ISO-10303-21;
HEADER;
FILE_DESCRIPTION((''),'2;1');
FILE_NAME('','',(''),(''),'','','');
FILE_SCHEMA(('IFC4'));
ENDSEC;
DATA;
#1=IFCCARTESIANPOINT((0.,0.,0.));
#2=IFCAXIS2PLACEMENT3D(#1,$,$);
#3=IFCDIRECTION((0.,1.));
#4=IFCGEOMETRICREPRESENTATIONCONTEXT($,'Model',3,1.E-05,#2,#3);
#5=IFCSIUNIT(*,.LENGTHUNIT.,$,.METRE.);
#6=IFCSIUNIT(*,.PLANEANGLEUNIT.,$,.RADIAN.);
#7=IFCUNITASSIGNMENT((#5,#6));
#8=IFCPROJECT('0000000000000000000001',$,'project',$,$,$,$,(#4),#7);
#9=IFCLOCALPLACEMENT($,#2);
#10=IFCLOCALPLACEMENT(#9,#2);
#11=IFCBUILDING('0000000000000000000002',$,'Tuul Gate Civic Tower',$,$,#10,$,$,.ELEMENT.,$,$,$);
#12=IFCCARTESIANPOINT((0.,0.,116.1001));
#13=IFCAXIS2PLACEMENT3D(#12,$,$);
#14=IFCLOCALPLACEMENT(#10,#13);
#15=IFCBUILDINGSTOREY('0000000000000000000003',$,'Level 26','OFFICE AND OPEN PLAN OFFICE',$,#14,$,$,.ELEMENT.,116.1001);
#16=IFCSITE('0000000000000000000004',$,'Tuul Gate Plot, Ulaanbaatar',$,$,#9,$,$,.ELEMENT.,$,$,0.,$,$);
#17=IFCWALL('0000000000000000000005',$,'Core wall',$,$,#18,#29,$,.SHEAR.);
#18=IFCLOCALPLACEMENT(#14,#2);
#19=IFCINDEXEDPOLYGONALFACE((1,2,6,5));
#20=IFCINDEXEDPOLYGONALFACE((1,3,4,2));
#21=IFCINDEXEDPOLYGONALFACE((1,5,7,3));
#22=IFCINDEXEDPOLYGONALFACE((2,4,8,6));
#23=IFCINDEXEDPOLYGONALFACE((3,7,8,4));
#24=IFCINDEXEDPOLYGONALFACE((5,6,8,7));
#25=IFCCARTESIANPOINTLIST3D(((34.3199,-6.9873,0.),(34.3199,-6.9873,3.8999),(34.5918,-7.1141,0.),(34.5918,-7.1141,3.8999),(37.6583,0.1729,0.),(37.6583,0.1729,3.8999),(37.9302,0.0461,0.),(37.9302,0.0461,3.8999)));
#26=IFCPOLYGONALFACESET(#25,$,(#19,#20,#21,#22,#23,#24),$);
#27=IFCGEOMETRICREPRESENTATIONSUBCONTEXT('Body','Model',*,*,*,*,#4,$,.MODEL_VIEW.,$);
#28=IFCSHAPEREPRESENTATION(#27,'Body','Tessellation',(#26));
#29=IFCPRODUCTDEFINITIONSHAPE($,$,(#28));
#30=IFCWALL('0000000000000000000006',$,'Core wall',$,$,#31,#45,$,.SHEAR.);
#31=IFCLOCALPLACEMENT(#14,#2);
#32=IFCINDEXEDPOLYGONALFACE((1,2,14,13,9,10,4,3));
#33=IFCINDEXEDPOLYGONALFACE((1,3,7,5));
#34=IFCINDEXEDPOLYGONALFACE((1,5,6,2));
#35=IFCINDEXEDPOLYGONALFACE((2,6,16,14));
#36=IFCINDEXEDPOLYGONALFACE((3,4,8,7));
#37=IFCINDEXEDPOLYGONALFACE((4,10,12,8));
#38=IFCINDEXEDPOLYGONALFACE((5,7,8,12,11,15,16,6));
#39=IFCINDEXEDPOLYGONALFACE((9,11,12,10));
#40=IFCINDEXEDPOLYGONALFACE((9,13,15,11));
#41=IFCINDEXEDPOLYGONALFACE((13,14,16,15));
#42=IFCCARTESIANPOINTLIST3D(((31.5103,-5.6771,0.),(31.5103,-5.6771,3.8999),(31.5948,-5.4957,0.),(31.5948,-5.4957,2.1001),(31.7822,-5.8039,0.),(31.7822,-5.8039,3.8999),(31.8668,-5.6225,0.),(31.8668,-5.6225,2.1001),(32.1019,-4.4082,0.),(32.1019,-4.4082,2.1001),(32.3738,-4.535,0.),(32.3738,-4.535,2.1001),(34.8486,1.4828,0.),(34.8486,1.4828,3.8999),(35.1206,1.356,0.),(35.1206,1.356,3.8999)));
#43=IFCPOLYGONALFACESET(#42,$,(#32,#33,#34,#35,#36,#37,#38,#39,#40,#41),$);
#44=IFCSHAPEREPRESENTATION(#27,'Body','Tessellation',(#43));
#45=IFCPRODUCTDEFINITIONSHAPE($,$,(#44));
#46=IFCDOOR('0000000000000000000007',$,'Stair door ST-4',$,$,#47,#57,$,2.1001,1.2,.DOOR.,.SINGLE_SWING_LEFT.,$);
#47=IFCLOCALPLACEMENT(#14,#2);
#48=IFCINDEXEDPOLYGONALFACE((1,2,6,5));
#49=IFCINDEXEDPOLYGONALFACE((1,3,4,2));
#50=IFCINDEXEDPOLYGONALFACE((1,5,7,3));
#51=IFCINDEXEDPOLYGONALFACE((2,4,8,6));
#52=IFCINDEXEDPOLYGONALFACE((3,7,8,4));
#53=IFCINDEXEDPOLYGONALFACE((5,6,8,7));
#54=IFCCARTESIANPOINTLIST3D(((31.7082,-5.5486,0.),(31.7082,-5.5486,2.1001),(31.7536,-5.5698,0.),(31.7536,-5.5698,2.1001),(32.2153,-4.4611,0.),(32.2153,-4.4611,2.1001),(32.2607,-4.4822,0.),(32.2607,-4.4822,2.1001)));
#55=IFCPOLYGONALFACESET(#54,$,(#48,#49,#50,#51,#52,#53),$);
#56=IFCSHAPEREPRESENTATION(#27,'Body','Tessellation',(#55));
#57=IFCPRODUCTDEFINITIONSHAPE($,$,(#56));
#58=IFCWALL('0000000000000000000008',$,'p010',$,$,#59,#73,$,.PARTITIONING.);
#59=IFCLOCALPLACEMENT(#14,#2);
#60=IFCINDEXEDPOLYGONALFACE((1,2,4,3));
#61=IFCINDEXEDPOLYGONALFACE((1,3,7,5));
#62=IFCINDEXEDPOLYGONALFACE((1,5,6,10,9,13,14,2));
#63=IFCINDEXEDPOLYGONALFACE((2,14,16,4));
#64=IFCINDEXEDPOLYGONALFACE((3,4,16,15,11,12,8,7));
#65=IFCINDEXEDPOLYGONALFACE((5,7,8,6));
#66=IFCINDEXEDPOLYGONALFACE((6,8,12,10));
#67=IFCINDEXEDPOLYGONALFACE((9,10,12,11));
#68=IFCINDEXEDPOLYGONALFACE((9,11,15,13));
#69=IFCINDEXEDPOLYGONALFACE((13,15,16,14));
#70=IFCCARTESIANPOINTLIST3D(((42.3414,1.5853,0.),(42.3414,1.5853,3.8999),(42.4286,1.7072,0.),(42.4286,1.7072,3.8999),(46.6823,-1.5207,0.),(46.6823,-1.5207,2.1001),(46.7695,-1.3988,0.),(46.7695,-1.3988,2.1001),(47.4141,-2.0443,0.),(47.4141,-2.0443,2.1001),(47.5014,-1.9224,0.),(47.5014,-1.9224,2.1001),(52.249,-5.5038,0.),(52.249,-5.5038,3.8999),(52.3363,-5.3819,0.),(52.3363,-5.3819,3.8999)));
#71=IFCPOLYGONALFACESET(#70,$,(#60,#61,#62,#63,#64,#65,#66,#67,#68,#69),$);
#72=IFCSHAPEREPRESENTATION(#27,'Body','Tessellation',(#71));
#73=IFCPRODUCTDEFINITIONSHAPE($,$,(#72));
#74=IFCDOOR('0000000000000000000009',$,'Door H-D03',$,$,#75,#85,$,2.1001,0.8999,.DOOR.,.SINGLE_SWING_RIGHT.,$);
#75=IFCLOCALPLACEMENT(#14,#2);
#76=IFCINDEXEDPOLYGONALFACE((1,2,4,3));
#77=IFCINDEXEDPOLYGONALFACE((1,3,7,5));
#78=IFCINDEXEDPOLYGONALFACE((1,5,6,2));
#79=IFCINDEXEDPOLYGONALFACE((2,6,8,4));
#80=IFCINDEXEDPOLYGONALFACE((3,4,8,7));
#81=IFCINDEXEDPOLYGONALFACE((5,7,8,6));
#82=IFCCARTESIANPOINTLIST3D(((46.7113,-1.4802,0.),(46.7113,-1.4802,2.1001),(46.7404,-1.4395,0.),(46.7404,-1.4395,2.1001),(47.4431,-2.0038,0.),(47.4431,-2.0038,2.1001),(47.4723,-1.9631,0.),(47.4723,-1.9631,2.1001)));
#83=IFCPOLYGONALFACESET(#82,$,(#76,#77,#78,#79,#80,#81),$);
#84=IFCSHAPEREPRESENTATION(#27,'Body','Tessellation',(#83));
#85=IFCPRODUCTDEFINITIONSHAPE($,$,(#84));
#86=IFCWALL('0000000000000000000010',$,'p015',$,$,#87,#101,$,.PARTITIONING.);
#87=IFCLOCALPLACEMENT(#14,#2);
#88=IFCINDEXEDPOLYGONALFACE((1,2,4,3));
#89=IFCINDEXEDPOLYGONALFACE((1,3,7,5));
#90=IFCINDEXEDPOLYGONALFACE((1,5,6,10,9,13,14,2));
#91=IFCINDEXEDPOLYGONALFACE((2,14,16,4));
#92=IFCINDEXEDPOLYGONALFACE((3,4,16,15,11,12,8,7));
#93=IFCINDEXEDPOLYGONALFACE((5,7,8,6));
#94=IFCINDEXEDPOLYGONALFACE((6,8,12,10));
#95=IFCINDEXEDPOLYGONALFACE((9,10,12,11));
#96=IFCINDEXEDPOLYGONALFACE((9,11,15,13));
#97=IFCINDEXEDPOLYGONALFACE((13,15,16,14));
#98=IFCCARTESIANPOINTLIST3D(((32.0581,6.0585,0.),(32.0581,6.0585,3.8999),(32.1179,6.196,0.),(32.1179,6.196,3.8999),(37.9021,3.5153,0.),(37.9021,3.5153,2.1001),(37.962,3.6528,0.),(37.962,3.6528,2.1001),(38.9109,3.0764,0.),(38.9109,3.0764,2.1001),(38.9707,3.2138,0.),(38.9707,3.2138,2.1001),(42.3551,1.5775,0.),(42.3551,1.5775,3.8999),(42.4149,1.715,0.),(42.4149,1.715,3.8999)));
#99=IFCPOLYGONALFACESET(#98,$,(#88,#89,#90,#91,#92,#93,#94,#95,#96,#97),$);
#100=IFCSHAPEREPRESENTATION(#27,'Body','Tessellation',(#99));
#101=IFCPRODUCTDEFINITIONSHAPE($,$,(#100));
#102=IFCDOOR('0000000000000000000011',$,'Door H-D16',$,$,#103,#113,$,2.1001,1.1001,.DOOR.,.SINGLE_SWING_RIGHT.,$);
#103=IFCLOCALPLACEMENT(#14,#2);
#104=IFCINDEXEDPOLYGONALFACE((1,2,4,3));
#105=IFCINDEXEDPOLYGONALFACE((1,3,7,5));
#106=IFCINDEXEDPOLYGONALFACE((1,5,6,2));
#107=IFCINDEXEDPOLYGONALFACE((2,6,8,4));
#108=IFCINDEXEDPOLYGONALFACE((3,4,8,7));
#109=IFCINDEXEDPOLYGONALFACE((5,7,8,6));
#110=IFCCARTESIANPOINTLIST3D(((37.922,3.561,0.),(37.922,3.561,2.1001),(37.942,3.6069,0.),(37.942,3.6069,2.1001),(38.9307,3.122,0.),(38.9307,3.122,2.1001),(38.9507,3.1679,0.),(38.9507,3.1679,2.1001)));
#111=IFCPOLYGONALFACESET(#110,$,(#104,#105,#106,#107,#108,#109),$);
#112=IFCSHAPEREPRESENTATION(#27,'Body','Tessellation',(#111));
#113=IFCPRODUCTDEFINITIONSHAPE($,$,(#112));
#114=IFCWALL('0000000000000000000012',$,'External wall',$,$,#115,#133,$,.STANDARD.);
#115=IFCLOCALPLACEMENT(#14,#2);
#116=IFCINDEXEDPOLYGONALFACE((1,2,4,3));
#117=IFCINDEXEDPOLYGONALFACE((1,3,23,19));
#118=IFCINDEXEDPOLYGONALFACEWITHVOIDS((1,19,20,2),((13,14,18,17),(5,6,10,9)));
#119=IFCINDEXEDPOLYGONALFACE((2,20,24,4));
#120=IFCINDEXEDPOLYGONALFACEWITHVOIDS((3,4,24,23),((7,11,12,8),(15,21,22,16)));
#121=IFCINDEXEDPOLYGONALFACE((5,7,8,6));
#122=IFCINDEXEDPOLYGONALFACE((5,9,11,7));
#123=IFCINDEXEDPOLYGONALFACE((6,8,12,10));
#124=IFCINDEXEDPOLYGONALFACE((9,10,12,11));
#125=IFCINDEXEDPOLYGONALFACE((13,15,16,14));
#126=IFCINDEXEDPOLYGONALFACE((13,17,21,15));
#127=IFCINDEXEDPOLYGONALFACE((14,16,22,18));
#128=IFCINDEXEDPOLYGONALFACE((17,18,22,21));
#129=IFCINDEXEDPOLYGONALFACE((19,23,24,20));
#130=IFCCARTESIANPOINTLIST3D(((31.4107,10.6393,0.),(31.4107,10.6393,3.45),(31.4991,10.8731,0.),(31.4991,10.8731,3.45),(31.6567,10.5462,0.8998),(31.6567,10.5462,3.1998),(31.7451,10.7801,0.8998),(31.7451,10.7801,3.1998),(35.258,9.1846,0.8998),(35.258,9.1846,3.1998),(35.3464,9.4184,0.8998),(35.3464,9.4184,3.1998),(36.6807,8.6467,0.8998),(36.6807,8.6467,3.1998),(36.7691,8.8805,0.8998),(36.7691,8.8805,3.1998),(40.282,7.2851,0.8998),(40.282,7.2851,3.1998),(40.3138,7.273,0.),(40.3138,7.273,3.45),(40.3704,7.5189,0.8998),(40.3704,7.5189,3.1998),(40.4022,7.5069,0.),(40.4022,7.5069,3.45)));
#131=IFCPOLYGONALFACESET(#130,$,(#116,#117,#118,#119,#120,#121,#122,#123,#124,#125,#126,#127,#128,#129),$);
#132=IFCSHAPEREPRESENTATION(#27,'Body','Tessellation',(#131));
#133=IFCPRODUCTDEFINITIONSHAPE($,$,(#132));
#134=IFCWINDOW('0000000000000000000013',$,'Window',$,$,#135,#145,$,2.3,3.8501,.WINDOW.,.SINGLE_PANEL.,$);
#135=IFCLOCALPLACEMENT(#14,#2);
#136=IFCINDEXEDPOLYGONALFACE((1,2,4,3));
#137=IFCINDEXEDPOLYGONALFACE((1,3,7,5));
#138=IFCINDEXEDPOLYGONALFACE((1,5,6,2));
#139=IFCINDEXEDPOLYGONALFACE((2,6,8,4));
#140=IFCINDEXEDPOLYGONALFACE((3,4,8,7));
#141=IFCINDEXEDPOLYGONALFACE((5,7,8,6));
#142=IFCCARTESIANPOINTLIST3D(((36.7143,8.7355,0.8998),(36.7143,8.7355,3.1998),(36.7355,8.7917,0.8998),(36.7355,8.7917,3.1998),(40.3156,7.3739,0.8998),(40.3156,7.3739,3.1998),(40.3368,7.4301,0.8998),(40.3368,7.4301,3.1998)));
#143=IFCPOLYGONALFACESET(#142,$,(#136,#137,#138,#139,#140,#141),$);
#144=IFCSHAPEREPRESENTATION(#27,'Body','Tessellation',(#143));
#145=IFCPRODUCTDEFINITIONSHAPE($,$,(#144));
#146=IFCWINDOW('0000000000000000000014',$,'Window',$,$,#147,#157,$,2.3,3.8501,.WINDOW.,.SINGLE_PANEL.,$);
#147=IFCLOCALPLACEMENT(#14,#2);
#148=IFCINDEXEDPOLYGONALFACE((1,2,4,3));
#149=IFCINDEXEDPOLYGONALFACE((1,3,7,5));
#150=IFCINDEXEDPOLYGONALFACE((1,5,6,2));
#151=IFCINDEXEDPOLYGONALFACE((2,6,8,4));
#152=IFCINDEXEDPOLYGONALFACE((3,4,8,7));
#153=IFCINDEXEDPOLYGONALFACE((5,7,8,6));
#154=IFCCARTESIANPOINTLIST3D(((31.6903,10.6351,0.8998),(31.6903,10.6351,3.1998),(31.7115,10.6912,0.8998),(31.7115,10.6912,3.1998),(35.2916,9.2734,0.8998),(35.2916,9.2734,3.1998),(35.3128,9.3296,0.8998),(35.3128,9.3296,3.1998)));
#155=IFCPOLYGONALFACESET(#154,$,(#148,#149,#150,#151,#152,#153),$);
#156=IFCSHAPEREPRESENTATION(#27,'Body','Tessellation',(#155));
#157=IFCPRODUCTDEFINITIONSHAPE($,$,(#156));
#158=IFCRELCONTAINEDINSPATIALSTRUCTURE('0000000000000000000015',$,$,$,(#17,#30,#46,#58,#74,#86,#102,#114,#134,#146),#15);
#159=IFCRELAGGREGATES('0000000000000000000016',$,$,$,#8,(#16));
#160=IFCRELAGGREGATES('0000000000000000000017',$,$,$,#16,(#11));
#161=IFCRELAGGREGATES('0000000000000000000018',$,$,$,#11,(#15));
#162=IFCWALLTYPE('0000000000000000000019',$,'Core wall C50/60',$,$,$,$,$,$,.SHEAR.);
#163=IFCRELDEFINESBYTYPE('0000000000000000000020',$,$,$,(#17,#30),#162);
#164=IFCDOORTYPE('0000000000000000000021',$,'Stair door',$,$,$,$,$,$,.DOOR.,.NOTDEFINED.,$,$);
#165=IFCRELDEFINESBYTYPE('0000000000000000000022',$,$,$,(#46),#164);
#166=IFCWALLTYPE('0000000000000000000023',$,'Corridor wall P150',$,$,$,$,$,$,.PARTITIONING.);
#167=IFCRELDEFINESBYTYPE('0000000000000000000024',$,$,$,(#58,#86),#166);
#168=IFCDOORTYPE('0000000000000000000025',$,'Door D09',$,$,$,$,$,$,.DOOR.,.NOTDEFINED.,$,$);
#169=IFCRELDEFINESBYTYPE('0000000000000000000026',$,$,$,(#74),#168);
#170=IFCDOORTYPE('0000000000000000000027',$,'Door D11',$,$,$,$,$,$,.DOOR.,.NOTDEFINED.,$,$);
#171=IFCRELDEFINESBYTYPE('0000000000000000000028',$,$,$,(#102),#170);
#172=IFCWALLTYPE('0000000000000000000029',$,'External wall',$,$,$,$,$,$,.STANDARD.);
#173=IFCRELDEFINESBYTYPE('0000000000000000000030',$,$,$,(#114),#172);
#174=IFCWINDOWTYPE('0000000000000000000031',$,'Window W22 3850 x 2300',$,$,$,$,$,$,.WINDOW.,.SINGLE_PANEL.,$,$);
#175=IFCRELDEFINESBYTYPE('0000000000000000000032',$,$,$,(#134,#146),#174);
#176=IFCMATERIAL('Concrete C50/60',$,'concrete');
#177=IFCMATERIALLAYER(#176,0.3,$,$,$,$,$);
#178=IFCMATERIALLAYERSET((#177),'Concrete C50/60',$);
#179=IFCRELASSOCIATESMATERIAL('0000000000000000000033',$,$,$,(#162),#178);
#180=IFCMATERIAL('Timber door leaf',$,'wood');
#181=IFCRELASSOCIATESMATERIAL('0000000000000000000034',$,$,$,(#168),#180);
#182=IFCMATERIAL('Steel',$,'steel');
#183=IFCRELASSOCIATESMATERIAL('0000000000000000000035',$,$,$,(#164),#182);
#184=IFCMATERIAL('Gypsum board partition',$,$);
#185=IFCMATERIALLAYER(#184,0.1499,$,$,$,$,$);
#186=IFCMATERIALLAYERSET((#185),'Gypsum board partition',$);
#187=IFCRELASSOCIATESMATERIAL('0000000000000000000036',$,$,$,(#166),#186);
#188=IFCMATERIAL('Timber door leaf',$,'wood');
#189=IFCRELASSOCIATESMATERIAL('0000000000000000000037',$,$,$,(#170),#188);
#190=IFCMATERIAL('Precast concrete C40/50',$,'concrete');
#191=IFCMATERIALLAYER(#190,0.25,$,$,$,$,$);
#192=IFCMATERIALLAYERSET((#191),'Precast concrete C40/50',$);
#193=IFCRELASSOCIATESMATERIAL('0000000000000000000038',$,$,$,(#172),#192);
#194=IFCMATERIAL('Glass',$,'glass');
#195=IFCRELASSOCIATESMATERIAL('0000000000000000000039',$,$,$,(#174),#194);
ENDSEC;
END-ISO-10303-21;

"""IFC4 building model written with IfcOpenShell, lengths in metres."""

from ifc_helpers import new_model, si_unit, direction, frame, frame_2d, origin, place, context, subcontext, project, spatial, rectangle, extrude, material, layer, layer_set, type_object, element, fill, save


model = new_model("IFC4")

# Units and contexts
model_context = context("Model", 3, precision=1e-05, world=origin(), true_north=direction((0.0, 1.0)))
body_context = subcontext(model_context, "Body", "Model", "MODEL_VIEW")
ifc_project = project(units=[si_unit("LENGTHUNIT", "METRE"), si_unit("PLANEANGLEUNIT", "RADIAN")], contexts=[model_context])

# Site, building, storey
site_placement = place(None, origin())
site = spatial("IfcSite", under=ifc_project, at=site_placement, Name="Tuul Gate Plot, Ulaanbaatar", CompositionType="ELEMENT", RefElevation=0.0)
building_placement = place(site_placement, origin())
building = spatial("IfcBuilding", under=site, at=building_placement, Name="Tuul Gate Civic Tower", CompositionType="ELEMENT")
storey_placement = place(building_placement, frame((0.0, 0.0, 116.1001)))
storey = spatial("IfcBuildingStorey", under=building, at=storey_placement, Name="Level 26", Description="OFFICE AND OPEN PLAN OFFICE", CompositionType="ELEMENT", Elevation=116.1001)

# Shared definitions
ifc_material_1 = material(Name="Concrete C50/60", Category="concrete")
ifc_layer_1 = layer(ifc_material_1, 0.3)
ifc_layer_set_1 = layer_set([ifc_layer_1], Name="Concrete C50/60")
wall_type_1 = type_object("IfcWallType", Name="Core wall C50/60", PredefinedType="SHEAR", material=ifc_layer_set_1)

# Shared definitions
ifc_material_2 = material(Name="Timber door leaf", Category="wood")
door_type_1 = type_object("IfcDoorType", Name="Door D09", OperationType="NOTDEFINED", PredefinedType="DOOR", material=ifc_material_2)

# Wall
wall_1_placement = place(storey_placement, frame((34.4558, -7.0508, 0.0), z_axis=(0.0, 0.0, 1.0), x_axis=(0.422571, 0.90633, 0.0)))
element("IfcWall", 1, at=wall_1_placement, inside=storey, type_object=wall_type_1, Name="Core wall", PredefinedType="SHEAR", context=body_context, shape_type="SweptSolid", body=[
    extrude(rectangle(XDim=7.9001, YDim=0.3, at=frame_2d((3.9502, 0.0))), origin(), (0.0, 0.0, 1.0), 3.8999),
])

# Walls, openings, doors
wall_2_placement = place(storey_placement, frame((31.6462, -5.7405, 0.0), z_axis=(0.0, 0.0, 1.0), x_axis=(0.422583, 0.906324, 0.0)))
wall_2 = element("IfcWall", 2, at=wall_2_placement, inside=storey, type_object=wall_type_1, Name="Core wall", PredefinedType="SHEAR", context=body_context, shape_type="SweptSolid", body=[
    extrude(rectangle(XDim=7.8999, YDim=0.3, at=frame_2d((3.95, 0.0))), origin(), (0.0, 0.0, 1.0), 3.8999),
])
opening_1_placement = place(wall_2_placement, frame((0.2, 0.0, 0.0)))
opening_1 = element("IfcOpeningElement", 3, at=opening_1_placement, cuts=wall_2, PredefinedType="OPENING", context=body_context, shape_type="SweptSolid", body=[
    extrude(rectangle(XDim=1.2, YDim=2.1001, at=frame_2d((0.6001, 1.05))), frame((0.0, 0.1602, 0.0), z_axis=(0.0, -1.0, 0.0), x_axis=(1.0, 0.0, 0.0)), (0.0, 0.0, 1.0), 0.3201),
])
ifc_material_3 = material(Name="Steel", Category="steel")
door_type_2 = type_object("IfcDoorType", Name="Stair door", OperationType="NOTDEFINED", PredefinedType="DOOR", material=ifc_material_3)
door_1_placement = place(opening_1_placement, origin())
door_1 = element("IfcDoor", 4, at=door_1_placement, inside=storey, type_object=door_type_2, Name="Stair door ST-4", OperationType="SINGLE_SWING_LEFT", OverallHeight=2.1001, OverallWidth=1.2, PredefinedType="DOOR", context=body_context, shape_type="SweptSolid", body=[
    extrude(rectangle(XDim=1.2, YDim=2.1001, at=frame_2d((0.6001, 1.05))), frame((0.0, 0.0249, 0.0), z_axis=(0.0, -1.0, 0.0), x_axis=(1.0, 0.0, 0.0)), (0.0, 0.0, 1.0), 0.05),
])
fill(opening_1, door_1)
ifc_material_4 = material(Name="Gypsum board partition")
ifc_layer_2 = layer(ifc_material_4, 0.1499)
ifc_layer_set_2 = layer_set([ifc_layer_2], Name="Gypsum board partition")
wall_type_2 = type_object("IfcWallType", Name="Corridor wall P150", PredefinedType="PARTITIONING", material=ifc_layer_set_2)
wall_3_placement = place(storey_placement, frame((42.385, 1.6462, 0.0), z_axis=(0.0, 0.0, 1.0), x_axis=(0.813261, -0.5819, 0.0)))
wall_3 = element("IfcWall", 5, at=wall_3_placement, inside=storey, type_object=wall_type_2, Name="p010", PredefinedType="PARTITIONING", context=body_context, shape_type="SweptSolid", body=[
    extrude(rectangle(XDim=12.1826, YDim=0.1499, at=frame_2d((6.0913, 0.0))), origin(), (0.0, 0.0, 1.0), 3.8999),
])
opening_2_placement = place(wall_3_placement, frame((5.3376, 0.0, 0.0)))
opening_2 = element("IfcOpeningElement", 6, at=opening_2_placement, cuts=wall_3, PredefinedType="OPENING", context=body_context, shape_type="SweptSolid", body=[
    extrude(rectangle(XDim=0.8999, YDim=2.1001, at=frame_2d((0.45, 1.05))), frame((0.0, 0.085, 0.0), z_axis=(0.0, -1.0, 0.0), x_axis=(1.0, 0.0, 0.0)), (0.0, 0.0, 1.0), 0.1699),
])
door_2_placement = place(opening_2_placement, origin())
door_2 = element("IfcDoor", 7, at=door_2_placement, inside=storey, type_object=door_type_1, Name="Door H-D03", OperationType="SINGLE_SWING_RIGHT", OverallHeight=2.1001, OverallWidth=0.8999, PredefinedType="DOOR", context=body_context, shape_type="SweptSolid", body=[
    extrude(rectangle(XDim=0.8999, YDim=2.1001, at=frame_2d((0.45, 1.05))), frame((0.0, 0.0249, 0.0), z_axis=(0.0, -1.0, 0.0), x_axis=(1.0, 0.0, 0.0)), (0.0, 0.0, 1.0), 0.05),
])
fill(opening_2, door_2)
wall_4_placement = place(storey_placement, frame((32.0881, 6.1272, 0.0), z_axis=(0.0, 0.0, 1.0), x_axis=(0.916938, -0.39903, 0.0)))
wall_4 = element("IfcWall", 8, at=wall_4_placement, inside=storey, type_object=wall_type_2, Name="p015", PredefinedType="PARTITIONING", context=body_context, shape_type="SweptSolid", body=[
    extrude(rectangle(XDim=11.2297, YDim=0.1499, at=frame_2d((5.6147, 0.0))), origin(), (0.0, 0.0, 1.0), 3.8999),
])
opening_3_placement = place(wall_4_placement, frame((6.3733, 0.0, 0.0)))
opening_3 = element("IfcOpeningElement", 9, at=opening_3_placement, cuts=wall_4, PredefinedType="OPENING", context=body_context, shape_type="SweptSolid", body=[
    extrude(rectangle(XDim=1.1001, YDim=2.1001, at=frame_2d((0.55, 1.05))), frame((0.0, 0.085, 0.0), z_axis=(0.0, -1.0, 0.0), x_axis=(1.0, 0.0, 0.0)), (0.0, 0.0, 1.0), 0.1699),
])
ifc_material_5 = material(Name="Timber door leaf", Category="wood")
door_type_3 = type_object("IfcDoorType", Name="Door D11", OperationType="NOTDEFINED", PredefinedType="DOOR", material=ifc_material_5)
door_3_placement = place(opening_3_placement, origin())
door_3 = element("IfcDoor", 10, at=door_3_placement, inside=storey, type_object=door_type_3, Name="Door H-D16", OperationType="SINGLE_SWING_RIGHT", OverallHeight=2.1001, OverallWidth=1.1001, PredefinedType="DOOR", context=body_context, shape_type="SweptSolid", body=[
    extrude(rectangle(XDim=1.1001, YDim=2.1001, at=frame_2d((0.55, 1.05))), frame((0.0, 0.0249, 0.0), z_axis=(0.0, -1.0, 0.0), x_axis=(1.0, 0.0, 0.0)), (0.0, 0.0, 1.0), 0.05),
])
fill(opening_3, door_3)

# Wall, openings, windows
ifc_material_6 = material(Name="Precast concrete C40/50", Category="concrete")
ifc_layer_3 = layer(ifc_material_6, 0.25)
ifc_layer_set_3 = layer_set([ifc_layer_3], Name="Precast concrete C40/50")
wall_type_3 = type_object("IfcWallType", Name="External wall", PredefinedType="STANDARD", material=ifc_layer_set_3)
wall_5_placement = place(storey_placement, frame((40.3582, 7.3899, 0.0), z_axis=(0.0, 0.0, 1.0), x_axis=(-0.935374, 0.35366, 0.0)))
wall_5 = element("IfcWall", 11, at=wall_5_placement, inside=storey, type_object=wall_type_3, Name="External wall", PredefinedType="STANDARD", context=body_context, shape_type="SweptSolid", body=[
    extrude(rectangle(XDim=9.5183, YDim=0.25, at=frame_2d((4.7593, 0.0))), origin(), (0.0, 0.0, 1.0), 3.45),
])
opening_4_placement = place(wall_5_placement, frame((0.0342, 0.0, 0.8999)))
opening_4 = element("IfcOpeningElement", 12, at=opening_4_placement, cuts=wall_5, PredefinedType="OPENING", context=body_context, shape_type="SweptSolid", body=[
    extrude(rectangle(XDim=3.8501, YDim=2.3, at=frame_2d((1.925, 1.1499))), frame((0.0, 0.135, 0.0), z_axis=(0.0, -1.0, 0.0), x_axis=(1.0, 0.0, 0.0)), (0.0, 0.0, 1.0), 0.27),
])
opening_5_placement = place(wall_5_placement, frame((5.4053, 0.0, 0.8999)))
opening_5 = element("IfcOpeningElement", 13, at=opening_5_placement, cuts=wall_5, PredefinedType="OPENING", context=body_context, shape_type="SweptSolid", body=[
    extrude(rectangle(XDim=3.8501, YDim=2.3, at=frame_2d((1.925, 1.1499))), frame((0.0, 0.135, 0.0), z_axis=(0.0, -1.0, 0.0), x_axis=(1.0, 0.0, 0.0)), (0.0, 0.0, 1.0), 0.27),
])
ifc_material_7 = material(Name="Glass", Category="glass")
window_type = type_object("IfcWindowType", Name="Window W22 3850 x 2300", PartitioningType="SINGLE_PANEL", PredefinedType="WINDOW", material=ifc_material_7)
window_1_placement = place(opening_4_placement, origin())
window_1 = element("IfcWindow", 14, at=window_1_placement, inside=storey, type_object=window_type, Name="Window", OverallHeight=2.3, OverallWidth=3.8501, PartitioningType="SINGLE_PANEL", PredefinedType="WINDOW", context=body_context, shape_type="SweptSolid", body=[
    extrude(rectangle(XDim=3.8501, YDim=2.3, at=frame_2d((1.925, 1.1499))), frame((0.0, 0.03, 0.0), z_axis=(0.0, -1.0, 0.0), x_axis=(1.0, 0.0, 0.0)), (0.0, 0.0, 1.0), 0.0601),
])
fill(opening_4, window_1)
window_2_placement = place(opening_5_placement, origin())
window_2 = element("IfcWindow", 15, at=window_2_placement, inside=storey, type_object=window_type, Name="Window", OverallHeight=2.3, OverallWidth=3.8501, PartitioningType="SINGLE_PANEL", PredefinedType="WINDOW", context=body_context, shape_type="SweptSolid", body=[
    extrude(rectangle(XDim=3.8501, YDim=2.3, at=frame_2d((1.925, 1.1499))), frame((0.0, 0.03, 0.0), z_axis=(0.0, -1.0, 0.0), x_axis=(1.0, 0.0, 0.0)), (0.0, 0.0, 1.0), 0.0601),
])
fill(opening_5, window_2)

save(model, "model.ifc")
